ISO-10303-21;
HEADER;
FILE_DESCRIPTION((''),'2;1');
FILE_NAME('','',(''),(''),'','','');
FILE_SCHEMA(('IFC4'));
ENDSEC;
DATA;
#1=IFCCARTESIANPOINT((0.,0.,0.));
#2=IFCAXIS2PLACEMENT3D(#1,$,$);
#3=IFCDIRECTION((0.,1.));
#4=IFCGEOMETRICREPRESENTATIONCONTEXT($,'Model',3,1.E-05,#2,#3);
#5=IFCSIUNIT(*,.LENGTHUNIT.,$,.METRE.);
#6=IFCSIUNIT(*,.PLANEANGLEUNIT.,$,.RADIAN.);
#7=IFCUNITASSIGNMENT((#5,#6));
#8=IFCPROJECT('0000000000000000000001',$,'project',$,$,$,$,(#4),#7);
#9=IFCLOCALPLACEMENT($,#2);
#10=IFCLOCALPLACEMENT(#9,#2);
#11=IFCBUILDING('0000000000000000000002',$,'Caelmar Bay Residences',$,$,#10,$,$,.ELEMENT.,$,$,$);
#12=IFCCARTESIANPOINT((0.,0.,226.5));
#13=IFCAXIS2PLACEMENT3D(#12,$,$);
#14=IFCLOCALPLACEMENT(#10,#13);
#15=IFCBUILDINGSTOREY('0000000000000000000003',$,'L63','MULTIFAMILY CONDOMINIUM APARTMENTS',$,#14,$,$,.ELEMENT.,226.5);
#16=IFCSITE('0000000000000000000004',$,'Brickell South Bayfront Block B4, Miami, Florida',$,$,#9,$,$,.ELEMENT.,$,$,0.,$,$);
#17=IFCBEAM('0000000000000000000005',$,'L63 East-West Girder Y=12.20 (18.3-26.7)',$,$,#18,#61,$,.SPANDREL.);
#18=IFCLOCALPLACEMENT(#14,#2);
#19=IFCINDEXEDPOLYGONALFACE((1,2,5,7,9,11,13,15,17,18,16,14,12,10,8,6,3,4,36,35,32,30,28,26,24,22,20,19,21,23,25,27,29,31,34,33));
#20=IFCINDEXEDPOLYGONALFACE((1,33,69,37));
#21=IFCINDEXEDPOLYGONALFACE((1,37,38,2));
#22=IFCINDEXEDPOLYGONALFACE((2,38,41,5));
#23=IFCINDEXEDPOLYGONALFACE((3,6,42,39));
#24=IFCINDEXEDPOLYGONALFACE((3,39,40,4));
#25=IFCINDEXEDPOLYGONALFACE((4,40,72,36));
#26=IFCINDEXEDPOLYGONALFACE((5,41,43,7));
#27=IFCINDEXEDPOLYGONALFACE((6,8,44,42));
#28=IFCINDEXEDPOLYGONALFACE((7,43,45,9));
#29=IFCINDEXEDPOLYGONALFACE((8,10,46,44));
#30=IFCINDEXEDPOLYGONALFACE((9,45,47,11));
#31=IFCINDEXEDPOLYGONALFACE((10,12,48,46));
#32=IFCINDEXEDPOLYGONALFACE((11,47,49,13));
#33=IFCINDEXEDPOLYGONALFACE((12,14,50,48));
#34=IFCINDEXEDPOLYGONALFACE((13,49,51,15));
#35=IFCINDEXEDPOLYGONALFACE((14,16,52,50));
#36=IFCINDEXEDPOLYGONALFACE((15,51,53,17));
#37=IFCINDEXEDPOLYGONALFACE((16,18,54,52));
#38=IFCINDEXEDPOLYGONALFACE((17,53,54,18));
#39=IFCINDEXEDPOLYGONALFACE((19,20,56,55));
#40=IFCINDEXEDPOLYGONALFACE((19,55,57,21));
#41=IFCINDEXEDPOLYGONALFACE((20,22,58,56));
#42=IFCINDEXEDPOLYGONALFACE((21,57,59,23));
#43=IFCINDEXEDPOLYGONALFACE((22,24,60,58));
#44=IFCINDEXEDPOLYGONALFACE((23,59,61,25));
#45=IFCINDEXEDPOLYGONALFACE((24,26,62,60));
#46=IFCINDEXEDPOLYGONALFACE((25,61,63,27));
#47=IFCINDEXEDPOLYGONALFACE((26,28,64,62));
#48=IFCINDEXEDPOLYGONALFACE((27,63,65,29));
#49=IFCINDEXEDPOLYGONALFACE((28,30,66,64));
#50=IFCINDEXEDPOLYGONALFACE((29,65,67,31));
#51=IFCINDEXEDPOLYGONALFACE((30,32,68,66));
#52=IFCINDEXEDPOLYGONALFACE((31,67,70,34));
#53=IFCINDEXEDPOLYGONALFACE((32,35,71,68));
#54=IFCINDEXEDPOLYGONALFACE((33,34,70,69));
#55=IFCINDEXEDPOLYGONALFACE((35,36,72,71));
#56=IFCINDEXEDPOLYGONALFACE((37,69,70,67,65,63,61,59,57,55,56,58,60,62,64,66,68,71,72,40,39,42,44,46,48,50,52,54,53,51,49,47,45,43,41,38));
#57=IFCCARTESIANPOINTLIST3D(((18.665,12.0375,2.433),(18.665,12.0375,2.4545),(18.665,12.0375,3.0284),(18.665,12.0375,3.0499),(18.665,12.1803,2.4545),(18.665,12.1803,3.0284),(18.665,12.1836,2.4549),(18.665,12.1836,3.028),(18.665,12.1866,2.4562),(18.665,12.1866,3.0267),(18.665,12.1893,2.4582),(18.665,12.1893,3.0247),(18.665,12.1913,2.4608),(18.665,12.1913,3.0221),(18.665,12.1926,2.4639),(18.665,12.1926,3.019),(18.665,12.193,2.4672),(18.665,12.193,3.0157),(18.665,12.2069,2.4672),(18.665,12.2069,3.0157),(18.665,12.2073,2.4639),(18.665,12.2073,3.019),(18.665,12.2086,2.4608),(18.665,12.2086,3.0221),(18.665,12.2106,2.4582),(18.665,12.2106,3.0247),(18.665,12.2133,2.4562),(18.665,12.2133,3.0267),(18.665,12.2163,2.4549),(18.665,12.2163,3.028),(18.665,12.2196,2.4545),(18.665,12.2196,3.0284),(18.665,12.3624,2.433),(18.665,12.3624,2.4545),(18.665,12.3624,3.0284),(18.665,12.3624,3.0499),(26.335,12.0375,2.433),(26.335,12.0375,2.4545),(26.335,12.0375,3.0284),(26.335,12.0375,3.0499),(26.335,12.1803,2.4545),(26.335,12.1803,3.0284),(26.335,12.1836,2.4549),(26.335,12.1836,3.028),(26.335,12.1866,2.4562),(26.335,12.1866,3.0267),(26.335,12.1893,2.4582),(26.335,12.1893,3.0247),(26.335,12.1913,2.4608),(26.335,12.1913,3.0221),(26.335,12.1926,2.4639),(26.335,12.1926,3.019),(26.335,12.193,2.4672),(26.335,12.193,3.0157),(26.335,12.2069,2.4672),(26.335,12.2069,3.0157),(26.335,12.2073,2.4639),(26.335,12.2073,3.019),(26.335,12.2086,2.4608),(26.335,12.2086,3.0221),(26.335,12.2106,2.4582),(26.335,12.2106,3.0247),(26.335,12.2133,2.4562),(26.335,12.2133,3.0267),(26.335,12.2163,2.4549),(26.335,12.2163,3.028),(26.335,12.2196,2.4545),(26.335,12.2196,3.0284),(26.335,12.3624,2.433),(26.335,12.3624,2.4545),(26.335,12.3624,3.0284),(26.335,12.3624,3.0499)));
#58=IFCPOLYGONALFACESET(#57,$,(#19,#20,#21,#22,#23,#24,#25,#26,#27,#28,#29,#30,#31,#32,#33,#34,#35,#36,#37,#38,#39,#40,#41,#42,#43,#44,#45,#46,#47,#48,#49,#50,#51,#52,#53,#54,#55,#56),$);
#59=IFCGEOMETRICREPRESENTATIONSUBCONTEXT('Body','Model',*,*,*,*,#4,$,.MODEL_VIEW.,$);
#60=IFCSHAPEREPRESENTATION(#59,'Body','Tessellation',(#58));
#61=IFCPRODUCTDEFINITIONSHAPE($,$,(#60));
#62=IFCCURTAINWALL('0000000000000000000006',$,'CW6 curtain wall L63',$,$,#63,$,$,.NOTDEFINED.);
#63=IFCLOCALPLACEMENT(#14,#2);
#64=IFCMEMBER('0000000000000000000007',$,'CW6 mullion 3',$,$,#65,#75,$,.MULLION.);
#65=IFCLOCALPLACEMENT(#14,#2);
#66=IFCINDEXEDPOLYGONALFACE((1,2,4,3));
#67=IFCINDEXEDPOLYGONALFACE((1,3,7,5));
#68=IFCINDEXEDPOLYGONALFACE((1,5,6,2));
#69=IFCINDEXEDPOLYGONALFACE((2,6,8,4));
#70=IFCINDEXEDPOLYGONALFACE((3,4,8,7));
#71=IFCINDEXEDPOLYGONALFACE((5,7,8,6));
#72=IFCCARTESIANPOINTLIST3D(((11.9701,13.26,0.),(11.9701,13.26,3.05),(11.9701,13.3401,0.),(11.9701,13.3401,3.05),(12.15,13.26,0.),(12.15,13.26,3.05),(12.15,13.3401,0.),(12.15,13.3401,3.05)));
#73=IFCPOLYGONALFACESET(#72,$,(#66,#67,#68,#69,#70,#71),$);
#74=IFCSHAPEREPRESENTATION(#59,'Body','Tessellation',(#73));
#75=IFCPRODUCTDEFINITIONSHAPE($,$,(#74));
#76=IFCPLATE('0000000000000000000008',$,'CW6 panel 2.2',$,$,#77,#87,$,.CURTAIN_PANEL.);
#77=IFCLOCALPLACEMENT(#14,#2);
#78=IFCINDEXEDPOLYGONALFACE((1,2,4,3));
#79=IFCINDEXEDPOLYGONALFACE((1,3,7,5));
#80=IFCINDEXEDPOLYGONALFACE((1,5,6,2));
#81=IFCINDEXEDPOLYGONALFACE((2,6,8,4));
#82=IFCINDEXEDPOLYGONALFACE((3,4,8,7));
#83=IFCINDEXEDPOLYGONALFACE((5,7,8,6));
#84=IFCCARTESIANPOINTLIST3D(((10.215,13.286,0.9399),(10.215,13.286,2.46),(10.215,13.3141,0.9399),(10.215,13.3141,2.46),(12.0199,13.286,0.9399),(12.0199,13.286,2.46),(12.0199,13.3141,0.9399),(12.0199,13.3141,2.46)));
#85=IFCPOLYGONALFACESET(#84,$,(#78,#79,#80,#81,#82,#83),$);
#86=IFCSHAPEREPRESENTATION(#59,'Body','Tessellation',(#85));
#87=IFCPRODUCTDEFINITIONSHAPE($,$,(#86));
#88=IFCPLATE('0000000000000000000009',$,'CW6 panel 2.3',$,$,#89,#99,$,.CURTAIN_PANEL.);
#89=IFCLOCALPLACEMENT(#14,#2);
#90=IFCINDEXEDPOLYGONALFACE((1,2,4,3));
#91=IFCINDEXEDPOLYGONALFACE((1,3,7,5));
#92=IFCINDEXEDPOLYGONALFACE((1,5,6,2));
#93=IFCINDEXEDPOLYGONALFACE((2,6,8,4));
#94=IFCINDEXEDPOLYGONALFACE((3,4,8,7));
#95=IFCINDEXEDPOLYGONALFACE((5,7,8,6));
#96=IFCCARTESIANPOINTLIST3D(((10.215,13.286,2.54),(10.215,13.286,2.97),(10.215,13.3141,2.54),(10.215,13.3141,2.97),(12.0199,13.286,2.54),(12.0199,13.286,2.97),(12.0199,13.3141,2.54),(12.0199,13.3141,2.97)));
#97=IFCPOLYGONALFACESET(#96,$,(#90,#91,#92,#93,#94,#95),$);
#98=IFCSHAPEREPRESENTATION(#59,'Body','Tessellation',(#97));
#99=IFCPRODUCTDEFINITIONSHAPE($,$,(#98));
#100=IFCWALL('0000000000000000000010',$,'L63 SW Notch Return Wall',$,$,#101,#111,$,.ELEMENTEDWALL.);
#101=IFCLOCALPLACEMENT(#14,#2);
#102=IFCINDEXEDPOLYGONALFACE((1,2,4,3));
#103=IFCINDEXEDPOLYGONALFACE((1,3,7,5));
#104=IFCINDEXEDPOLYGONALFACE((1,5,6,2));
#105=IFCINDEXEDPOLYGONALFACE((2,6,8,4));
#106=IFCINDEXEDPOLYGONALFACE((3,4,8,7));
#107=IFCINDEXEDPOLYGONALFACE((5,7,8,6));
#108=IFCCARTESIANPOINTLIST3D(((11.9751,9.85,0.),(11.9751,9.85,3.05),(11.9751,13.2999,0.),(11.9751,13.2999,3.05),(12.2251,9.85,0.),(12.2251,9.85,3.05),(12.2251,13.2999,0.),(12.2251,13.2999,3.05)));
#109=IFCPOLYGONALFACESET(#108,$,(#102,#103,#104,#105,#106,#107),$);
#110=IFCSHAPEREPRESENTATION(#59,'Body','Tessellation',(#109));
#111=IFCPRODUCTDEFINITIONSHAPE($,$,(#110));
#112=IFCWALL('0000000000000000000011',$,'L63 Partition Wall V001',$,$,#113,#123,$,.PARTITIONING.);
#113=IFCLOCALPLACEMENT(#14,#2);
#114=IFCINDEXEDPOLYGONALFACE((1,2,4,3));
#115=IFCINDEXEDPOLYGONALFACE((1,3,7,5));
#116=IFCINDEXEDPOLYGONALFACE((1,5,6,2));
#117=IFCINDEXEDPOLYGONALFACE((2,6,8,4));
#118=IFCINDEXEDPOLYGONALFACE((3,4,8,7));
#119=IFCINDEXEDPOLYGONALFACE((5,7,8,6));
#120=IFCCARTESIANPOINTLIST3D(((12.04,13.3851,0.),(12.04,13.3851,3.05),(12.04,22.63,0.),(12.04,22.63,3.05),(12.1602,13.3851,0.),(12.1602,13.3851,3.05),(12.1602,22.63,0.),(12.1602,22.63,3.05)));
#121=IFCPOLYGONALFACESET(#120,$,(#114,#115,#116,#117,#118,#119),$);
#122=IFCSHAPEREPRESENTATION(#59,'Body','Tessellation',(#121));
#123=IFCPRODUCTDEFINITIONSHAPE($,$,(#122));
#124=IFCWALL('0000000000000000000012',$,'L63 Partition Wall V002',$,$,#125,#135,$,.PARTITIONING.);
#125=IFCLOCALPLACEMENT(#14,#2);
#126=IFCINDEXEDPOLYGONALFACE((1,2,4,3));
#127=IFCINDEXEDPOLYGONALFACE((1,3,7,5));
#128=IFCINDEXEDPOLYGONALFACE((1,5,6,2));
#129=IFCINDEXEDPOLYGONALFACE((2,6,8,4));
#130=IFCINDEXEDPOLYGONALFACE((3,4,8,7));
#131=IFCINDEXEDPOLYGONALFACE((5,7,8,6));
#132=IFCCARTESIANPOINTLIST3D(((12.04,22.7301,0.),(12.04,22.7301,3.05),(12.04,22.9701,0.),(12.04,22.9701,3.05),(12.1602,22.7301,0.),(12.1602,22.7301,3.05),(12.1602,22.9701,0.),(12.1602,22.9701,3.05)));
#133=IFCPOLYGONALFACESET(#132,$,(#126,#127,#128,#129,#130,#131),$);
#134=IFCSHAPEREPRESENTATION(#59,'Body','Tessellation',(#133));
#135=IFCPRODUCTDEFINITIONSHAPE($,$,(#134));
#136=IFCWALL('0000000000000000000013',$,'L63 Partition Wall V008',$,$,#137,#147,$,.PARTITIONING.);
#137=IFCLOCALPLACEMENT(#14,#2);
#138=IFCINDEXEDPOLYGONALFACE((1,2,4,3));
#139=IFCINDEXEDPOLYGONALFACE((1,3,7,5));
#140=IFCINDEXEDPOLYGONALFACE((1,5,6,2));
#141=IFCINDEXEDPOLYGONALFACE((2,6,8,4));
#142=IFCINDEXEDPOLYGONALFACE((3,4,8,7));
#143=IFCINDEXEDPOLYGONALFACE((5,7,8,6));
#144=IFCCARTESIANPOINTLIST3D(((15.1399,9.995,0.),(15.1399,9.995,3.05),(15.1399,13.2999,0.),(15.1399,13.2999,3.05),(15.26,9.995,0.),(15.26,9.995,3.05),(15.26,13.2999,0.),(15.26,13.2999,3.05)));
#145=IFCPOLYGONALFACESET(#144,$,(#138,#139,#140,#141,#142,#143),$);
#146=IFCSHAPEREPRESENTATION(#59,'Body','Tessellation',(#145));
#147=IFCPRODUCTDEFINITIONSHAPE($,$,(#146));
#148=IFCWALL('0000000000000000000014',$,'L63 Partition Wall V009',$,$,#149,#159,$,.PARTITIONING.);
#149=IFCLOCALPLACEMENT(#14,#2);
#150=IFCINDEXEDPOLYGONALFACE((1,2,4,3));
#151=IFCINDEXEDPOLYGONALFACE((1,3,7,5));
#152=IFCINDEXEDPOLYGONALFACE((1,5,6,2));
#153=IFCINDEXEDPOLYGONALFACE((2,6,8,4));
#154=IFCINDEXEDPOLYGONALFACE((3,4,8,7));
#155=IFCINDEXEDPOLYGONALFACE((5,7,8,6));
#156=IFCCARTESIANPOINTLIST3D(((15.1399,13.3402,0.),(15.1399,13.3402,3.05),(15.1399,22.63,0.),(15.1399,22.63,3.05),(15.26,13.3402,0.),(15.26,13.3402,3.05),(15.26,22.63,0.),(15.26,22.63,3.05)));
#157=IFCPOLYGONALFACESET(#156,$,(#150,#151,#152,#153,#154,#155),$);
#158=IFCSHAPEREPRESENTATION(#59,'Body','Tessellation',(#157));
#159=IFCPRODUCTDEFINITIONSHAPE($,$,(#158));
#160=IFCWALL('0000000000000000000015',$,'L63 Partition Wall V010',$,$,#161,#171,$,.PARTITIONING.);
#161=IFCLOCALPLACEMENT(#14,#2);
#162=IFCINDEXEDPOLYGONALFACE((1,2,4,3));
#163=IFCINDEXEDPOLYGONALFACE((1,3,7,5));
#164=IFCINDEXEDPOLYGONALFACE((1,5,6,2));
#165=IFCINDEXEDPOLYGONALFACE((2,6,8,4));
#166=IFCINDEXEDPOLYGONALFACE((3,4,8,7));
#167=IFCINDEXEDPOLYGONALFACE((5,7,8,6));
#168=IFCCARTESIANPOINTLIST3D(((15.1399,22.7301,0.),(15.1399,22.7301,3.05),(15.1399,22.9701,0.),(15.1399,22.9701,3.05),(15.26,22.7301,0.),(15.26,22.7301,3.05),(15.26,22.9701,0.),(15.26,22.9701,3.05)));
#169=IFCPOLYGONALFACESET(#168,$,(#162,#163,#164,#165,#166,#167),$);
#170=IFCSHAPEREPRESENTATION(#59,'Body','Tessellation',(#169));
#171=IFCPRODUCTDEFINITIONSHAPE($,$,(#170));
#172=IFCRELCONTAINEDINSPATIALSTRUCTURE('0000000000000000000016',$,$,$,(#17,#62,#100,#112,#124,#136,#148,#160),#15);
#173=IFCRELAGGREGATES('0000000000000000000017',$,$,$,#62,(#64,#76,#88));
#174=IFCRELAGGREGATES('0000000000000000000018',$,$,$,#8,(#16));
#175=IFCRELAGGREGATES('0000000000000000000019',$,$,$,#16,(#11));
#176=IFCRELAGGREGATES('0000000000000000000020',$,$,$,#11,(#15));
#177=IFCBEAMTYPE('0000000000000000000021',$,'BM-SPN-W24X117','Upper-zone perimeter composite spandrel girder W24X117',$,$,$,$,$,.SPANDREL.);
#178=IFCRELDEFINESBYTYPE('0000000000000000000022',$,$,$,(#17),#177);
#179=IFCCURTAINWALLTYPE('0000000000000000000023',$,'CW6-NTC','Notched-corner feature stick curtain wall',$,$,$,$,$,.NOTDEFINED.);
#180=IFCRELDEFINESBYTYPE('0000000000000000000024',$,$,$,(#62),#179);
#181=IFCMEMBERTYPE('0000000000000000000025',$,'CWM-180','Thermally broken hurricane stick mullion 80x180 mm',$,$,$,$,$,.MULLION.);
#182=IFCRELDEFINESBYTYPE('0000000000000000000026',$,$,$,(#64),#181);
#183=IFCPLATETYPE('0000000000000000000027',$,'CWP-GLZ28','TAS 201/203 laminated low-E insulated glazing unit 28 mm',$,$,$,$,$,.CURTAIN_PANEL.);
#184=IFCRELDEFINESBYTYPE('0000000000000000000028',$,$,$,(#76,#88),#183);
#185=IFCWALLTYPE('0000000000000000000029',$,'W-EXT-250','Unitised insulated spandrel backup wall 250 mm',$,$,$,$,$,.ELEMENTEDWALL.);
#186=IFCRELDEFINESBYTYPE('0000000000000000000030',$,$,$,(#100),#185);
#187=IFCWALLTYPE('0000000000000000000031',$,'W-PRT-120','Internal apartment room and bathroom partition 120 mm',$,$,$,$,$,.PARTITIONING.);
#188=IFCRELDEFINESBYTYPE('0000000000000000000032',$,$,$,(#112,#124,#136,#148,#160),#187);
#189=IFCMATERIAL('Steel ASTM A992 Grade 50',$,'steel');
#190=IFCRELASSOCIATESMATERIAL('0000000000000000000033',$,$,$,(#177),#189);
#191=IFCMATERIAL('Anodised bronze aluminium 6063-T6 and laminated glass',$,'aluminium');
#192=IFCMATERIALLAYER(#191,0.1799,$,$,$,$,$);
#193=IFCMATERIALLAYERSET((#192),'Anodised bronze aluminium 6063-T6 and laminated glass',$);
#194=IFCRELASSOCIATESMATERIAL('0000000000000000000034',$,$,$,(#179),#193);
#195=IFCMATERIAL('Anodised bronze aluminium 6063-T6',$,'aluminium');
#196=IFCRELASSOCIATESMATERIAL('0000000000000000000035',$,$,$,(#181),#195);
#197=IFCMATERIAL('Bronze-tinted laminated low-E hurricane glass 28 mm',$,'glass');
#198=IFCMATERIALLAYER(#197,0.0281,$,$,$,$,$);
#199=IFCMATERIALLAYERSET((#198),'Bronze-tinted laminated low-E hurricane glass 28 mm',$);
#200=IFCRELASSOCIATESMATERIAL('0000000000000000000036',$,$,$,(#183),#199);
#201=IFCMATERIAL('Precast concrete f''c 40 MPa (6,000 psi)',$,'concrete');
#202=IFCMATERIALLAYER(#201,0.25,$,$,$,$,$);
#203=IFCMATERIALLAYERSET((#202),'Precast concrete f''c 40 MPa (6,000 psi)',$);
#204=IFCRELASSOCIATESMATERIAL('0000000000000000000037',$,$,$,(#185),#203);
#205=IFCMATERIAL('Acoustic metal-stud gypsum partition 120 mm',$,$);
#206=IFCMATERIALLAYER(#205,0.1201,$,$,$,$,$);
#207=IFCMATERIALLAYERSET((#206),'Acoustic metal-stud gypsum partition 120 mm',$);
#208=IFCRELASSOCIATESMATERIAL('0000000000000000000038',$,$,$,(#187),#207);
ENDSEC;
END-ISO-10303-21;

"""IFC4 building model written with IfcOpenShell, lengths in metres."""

from ifc_helpers import new_model, si_unit, direction, frame, frame_2d, origin, origin_2d, place, context, subcontext, project, spatial, rectangle, i_section, extrude, material, layer, layer_set, material_profile, profile_set, type_object, element, aggregate, save


model = new_model("IFC4")

# Units and contexts
model_context = context("Model", 3, precision=1e-05, world=origin(), true_north=direction((0.0, 1.0)))
body_context = subcontext(model_context, "Body", "Model", "MODEL_VIEW")
ifc_project = project(units=[si_unit("LENGTHUNIT", "METRE"), si_unit("PLANEANGLEUNIT", "RADIAN")], contexts=[model_context])

# Site, building, storey
site_placement = place(None, origin())
site = spatial("IfcSite", under=ifc_project, at=site_placement, Name="Brickell South Bayfront Block B4, Miami, Florida", CompositionType="ELEMENT", RefElevation=0.0)
building_placement = place(site_placement, origin())
building = spatial("IfcBuilding", under=site, at=building_placement, Name="Caelmar Bay Residences", CompositionType="ELEMENT")
storey_placement = place(building_placement, frame((0.0, 0.0, 226.5)))
storey = spatial("IfcBuildingStorey", under=building, at=storey_placement, Name="L63", Description="MULTIFAMILY CONDOMINIUM APARTMENTS", CompositionType="ELEMENT", Elevation=226.5)

# Beam
ifc_material_1 = material(Name="Steel ASTM A992 Grade 50", Category="steel")
ifc_material_profile_1 = material_profile(ifc_material_1, i_section(OverallWidth=0.325, OverallDepth=0.6169, WebThickness=0.0139, FlangeThickness=0.0215, FilletRadius=0.0127, at=origin_2d()), Name="W24X117")
ifc_profile_set_1 = profile_set([ifc_material_profile_1], Name="Steel ASTM A992 Grade 50")
beam_type_1 = type_object("IfcBeamType", Name="BM-SPN-W24X117", Description="Upper-zone perimeter composite spandrel girder W24X117", PredefinedType="SPANDREL", material=ifc_profile_set_1)
beam_1_placement = place(storey_placement, frame((18.665, 12.2, 2.7415), z_axis=(1.0, 0.0, 0.0), x_axis=(0.0, 1.0, 0.0)))
element("IfcBeam", 1, at=beam_1_placement, inside=storey, type_object=beam_type_1, Name="L63 East-West Girder Y=12.20 (18.3-26.7)", PredefinedType="SPANDREL", context=body_context, shape_type="SweptSolid", body=[
    extrude(i_section(OverallWidth=0.325, OverallDepth=0.6169, WebThickness=0.0139, FlangeThickness=0.0215, FilletRadius=0.0127, at=origin_2d()), origin(), (0.0, 0.0, 1.0), 7.6699),
])

# Curtain wall, member, plates
ifc_material_2 = material(Name="Anodised bronze aluminium 6063-T6 and laminated glass", Category="aluminium")
ifc_layer_1 = layer(ifc_material_2, 0.1799)
ifc_layer_set_1 = layer_set([ifc_layer_1], Name="Anodised bronze aluminium 6063-T6 and laminated glass")
curtain_wall_type = type_object("IfcCurtainWallType", Name="CW6-NTC", Description="Notched-corner feature stick curtain wall", PredefinedType="NOTDEFINED", material=ifc_layer_set_1)
curtain_wall_placement = place(storey_placement, origin())
curtain_wall = element("IfcCurtainWall", 2, at=curtain_wall_placement, inside=storey, type_object=curtain_wall_type, Name="CW6 curtain wall L63", PredefinedType="NOTDEFINED")
ifc_material_3 = material(Name="Anodised bronze aluminium 6063-T6", Category="aluminium")
ifc_material_profile_2 = material_profile(ifc_material_3, rectangle(XDim=0.0801, YDim=0.1799, at=origin_2d()), Name="CWM-80X180")
ifc_profile_set_2 = profile_set([ifc_material_profile_2], Name="Anodised bronze aluminium 6063-T6")
member_type = type_object("IfcMemberType", Name="CWM-180", Description="Thermally broken hurricane stick mullion 80x180 mm", PredefinedType="MULLION", material=ifc_profile_set_2)
member_placement = place(storey_placement, frame((12.0601, 13.3, 0.0), z_axis=(0.0, 0.0, 1.0), x_axis=(0.0, 1.0, 0.0)))
member = element("IfcMember", 3, at=member_placement, type_object=member_type, Name="CW6 mullion 3", PredefinedType="MULLION", context=body_context, shape_type="SweptSolid", body=[
    extrude(rectangle(XDim=0.0801, YDim=0.1799, at=origin_2d()), origin(), (0.0, 0.0, 1.0), 3.05),
])
ifc_material_4 = material(Name="Bronze-tinted laminated low-E hurricane glass 28 mm", Category="glass")
ifc_layer_2 = layer(ifc_material_4, 0.0281)
ifc_layer_set_2 = layer_set([ifc_layer_2], Name="Bronze-tinted laminated low-E hurricane glass 28 mm")
plate_type = type_object("IfcPlateType", Name="CWP-GLZ28", Description="TAS 201/203 laminated low-E insulated glazing unit 28 mm", PredefinedType="CURTAIN_PANEL", material=ifc_layer_set_2)
plate_1_placement = place(storey_placement, frame((11.1174, 13.3, 0.9399), z_axis=(0.0, 0.0, 1.0), x_axis=(1.0, 0.0, 0.0)))
plate_1 = element("IfcPlate", 4, at=plate_1_placement, type_object=plate_type, Name="CW6 panel 2.2", PredefinedType="CURTAIN_PANEL", context=body_context, shape_type="SweptSolid", body=[
    extrude(rectangle(XDim=1.8049, YDim=0.0281, at=origin_2d()), origin(), (0.0, 0.0, 1.0), 1.52),
])
plate_2_placement = place(storey_placement, frame((11.1174, 13.3, 2.54), z_axis=(0.0, 0.0, 1.0), x_axis=(1.0, 0.0, 0.0)))
plate_2 = element("IfcPlate", 5, at=plate_2_placement, type_object=plate_type, Name="CW6 panel 2.3", PredefinedType="CURTAIN_PANEL", context=body_context, shape_type="SweptSolid", body=[
    extrude(rectangle(XDim=1.8049, YDim=0.0281, at=origin_2d()), origin(), (0.0, 0.0, 1.0), 0.4299),
])
aggregate(curtain_wall, [member, plate_1, plate_2])

# Walls
ifc_material_5 = material(Name="Precast concrete f'c 40 MPa (6,000 psi)", Category="concrete")
ifc_layer_3 = layer(ifc_material_5, 0.25)
ifc_layer_set_3 = layer_set([ifc_layer_3], Name="Precast concrete f'c 40 MPa (6,000 psi)")
wall_type_1 = type_object("IfcWallType", Name="W-EXT-250", Description="Unitised insulated spandrel backup wall 250 mm", PredefinedType="ELEMENTEDWALL", material=ifc_layer_set_3)
wall_1_placement = place(storey_placement, frame((12.1001, 13.3, 0.0), z_axis=(0.0, 0.0, 1.0), x_axis=(0.0, -1.0, 0.0)))
element("IfcWall", 6, at=wall_1_placement, inside=storey, type_object=wall_type_1, Name="L63 SW Notch Return Wall", PredefinedType="ELEMENTEDWALL", context=body_context, shape_type="SweptSolid", body=[
    extrude(rectangle(XDim=3.45, YDim=0.25, at=frame_2d((1.7251, 0.0))), origin(), (0.0, 0.0, 1.0), 3.05),
])
ifc_material_6 = material(Name="Acoustic metal-stud gypsum partition 120 mm")
ifc_layer_4 = layer(ifc_material_6, 0.1201)
ifc_layer_set_4 = layer_set([ifc_layer_4], Name="Acoustic metal-stud gypsum partition 120 mm")
wall_type_2 = type_object("IfcWallType", Name="W-PRT-120", Description="Internal apartment room and bathroom partition 120 mm", PredefinedType="PARTITIONING", material=ifc_layer_set_4)
wall_2_placement = place(storey_placement, frame((12.1001, 13.385, 0.0), z_axis=(0.0, 0.0, 1.0), x_axis=(0.0, 1.0, 0.0)))
element("IfcWall", 7, at=wall_2_placement, inside=storey, type_object=wall_type_2, Name="L63 Partition Wall V001", PredefinedType="PARTITIONING", context=body_context, shape_type="SweptSolid", body=[
    extrude(rectangle(XDim=9.2449, YDim=0.1201, at=frame_2d((4.6226, 0.0))), origin(), (0.0, 0.0, 1.0), 3.05),
])
wall_3_placement = place(storey_placement, frame((12.1001, 22.73, 0.0), z_axis=(0.0, 0.0, 1.0), x_axis=(0.0, 1.0, 0.0)))
element("IfcWall", 8, at=wall_3_placement, inside=storey, type_object=wall_type_2, Name="L63 Partition Wall V002", PredefinedType="PARTITIONING", context=body_context, shape_type="SweptSolid", body=[
    extrude(rectangle(XDim=0.24, YDim=0.1201, at=frame_2d((0.1201, 0.0))), origin(), (0.0, 0.0, 1.0), 3.05),
])
wall_4_placement = place(storey_placement, frame((15.2, 9.9951, 0.0), z_axis=(0.0, 0.0, 1.0), x_axis=(0.0, 1.0, 0.0)))
element("IfcWall", 9, at=wall_4_placement, inside=storey, type_object=wall_type_2, Name="L63 Partition Wall V008", PredefinedType="PARTITIONING", context=body_context, shape_type="SweptSolid", body=[
    extrude(rectangle(XDim=3.3049, YDim=0.1201, at=frame_2d((1.6523, 0.0))), origin(), (0.0, 0.0, 1.0), 3.05),
])
wall_5_placement = place(storey_placement, frame((15.2, 13.3401, 0.0), z_axis=(0.0, 0.0, 1.0), x_axis=(0.0, 1.0, 0.0)))
element("IfcWall", 10, at=wall_5_placement, inside=storey, type_object=wall_type_2, Name="L63 Partition Wall V009", PredefinedType="PARTITIONING", context=body_context, shape_type="SweptSolid", body=[
    extrude(rectangle(XDim=9.2898, YDim=0.1201, at=frame_2d((4.645, 0.0))), origin(), (0.0, 0.0, 1.0), 3.05),
])
wall_6_placement = place(storey_placement, frame((15.2, 22.73, 0.0), z_axis=(0.0, 0.0, 1.0), x_axis=(0.0, 1.0, 0.0)))
element("IfcWall", 11, at=wall_6_placement, inside=storey, type_object=wall_type_2, Name="L63 Partition Wall V010", PredefinedType="PARTITIONING", context=body_context, shape_type="SweptSolid", body=[
    extrude(rectangle(XDim=0.24, YDim=0.1201, at=frame_2d((0.1201, 0.0))), origin(), (0.0, 0.0, 1.0), 3.05),
])

save(model, "model.ifc")
